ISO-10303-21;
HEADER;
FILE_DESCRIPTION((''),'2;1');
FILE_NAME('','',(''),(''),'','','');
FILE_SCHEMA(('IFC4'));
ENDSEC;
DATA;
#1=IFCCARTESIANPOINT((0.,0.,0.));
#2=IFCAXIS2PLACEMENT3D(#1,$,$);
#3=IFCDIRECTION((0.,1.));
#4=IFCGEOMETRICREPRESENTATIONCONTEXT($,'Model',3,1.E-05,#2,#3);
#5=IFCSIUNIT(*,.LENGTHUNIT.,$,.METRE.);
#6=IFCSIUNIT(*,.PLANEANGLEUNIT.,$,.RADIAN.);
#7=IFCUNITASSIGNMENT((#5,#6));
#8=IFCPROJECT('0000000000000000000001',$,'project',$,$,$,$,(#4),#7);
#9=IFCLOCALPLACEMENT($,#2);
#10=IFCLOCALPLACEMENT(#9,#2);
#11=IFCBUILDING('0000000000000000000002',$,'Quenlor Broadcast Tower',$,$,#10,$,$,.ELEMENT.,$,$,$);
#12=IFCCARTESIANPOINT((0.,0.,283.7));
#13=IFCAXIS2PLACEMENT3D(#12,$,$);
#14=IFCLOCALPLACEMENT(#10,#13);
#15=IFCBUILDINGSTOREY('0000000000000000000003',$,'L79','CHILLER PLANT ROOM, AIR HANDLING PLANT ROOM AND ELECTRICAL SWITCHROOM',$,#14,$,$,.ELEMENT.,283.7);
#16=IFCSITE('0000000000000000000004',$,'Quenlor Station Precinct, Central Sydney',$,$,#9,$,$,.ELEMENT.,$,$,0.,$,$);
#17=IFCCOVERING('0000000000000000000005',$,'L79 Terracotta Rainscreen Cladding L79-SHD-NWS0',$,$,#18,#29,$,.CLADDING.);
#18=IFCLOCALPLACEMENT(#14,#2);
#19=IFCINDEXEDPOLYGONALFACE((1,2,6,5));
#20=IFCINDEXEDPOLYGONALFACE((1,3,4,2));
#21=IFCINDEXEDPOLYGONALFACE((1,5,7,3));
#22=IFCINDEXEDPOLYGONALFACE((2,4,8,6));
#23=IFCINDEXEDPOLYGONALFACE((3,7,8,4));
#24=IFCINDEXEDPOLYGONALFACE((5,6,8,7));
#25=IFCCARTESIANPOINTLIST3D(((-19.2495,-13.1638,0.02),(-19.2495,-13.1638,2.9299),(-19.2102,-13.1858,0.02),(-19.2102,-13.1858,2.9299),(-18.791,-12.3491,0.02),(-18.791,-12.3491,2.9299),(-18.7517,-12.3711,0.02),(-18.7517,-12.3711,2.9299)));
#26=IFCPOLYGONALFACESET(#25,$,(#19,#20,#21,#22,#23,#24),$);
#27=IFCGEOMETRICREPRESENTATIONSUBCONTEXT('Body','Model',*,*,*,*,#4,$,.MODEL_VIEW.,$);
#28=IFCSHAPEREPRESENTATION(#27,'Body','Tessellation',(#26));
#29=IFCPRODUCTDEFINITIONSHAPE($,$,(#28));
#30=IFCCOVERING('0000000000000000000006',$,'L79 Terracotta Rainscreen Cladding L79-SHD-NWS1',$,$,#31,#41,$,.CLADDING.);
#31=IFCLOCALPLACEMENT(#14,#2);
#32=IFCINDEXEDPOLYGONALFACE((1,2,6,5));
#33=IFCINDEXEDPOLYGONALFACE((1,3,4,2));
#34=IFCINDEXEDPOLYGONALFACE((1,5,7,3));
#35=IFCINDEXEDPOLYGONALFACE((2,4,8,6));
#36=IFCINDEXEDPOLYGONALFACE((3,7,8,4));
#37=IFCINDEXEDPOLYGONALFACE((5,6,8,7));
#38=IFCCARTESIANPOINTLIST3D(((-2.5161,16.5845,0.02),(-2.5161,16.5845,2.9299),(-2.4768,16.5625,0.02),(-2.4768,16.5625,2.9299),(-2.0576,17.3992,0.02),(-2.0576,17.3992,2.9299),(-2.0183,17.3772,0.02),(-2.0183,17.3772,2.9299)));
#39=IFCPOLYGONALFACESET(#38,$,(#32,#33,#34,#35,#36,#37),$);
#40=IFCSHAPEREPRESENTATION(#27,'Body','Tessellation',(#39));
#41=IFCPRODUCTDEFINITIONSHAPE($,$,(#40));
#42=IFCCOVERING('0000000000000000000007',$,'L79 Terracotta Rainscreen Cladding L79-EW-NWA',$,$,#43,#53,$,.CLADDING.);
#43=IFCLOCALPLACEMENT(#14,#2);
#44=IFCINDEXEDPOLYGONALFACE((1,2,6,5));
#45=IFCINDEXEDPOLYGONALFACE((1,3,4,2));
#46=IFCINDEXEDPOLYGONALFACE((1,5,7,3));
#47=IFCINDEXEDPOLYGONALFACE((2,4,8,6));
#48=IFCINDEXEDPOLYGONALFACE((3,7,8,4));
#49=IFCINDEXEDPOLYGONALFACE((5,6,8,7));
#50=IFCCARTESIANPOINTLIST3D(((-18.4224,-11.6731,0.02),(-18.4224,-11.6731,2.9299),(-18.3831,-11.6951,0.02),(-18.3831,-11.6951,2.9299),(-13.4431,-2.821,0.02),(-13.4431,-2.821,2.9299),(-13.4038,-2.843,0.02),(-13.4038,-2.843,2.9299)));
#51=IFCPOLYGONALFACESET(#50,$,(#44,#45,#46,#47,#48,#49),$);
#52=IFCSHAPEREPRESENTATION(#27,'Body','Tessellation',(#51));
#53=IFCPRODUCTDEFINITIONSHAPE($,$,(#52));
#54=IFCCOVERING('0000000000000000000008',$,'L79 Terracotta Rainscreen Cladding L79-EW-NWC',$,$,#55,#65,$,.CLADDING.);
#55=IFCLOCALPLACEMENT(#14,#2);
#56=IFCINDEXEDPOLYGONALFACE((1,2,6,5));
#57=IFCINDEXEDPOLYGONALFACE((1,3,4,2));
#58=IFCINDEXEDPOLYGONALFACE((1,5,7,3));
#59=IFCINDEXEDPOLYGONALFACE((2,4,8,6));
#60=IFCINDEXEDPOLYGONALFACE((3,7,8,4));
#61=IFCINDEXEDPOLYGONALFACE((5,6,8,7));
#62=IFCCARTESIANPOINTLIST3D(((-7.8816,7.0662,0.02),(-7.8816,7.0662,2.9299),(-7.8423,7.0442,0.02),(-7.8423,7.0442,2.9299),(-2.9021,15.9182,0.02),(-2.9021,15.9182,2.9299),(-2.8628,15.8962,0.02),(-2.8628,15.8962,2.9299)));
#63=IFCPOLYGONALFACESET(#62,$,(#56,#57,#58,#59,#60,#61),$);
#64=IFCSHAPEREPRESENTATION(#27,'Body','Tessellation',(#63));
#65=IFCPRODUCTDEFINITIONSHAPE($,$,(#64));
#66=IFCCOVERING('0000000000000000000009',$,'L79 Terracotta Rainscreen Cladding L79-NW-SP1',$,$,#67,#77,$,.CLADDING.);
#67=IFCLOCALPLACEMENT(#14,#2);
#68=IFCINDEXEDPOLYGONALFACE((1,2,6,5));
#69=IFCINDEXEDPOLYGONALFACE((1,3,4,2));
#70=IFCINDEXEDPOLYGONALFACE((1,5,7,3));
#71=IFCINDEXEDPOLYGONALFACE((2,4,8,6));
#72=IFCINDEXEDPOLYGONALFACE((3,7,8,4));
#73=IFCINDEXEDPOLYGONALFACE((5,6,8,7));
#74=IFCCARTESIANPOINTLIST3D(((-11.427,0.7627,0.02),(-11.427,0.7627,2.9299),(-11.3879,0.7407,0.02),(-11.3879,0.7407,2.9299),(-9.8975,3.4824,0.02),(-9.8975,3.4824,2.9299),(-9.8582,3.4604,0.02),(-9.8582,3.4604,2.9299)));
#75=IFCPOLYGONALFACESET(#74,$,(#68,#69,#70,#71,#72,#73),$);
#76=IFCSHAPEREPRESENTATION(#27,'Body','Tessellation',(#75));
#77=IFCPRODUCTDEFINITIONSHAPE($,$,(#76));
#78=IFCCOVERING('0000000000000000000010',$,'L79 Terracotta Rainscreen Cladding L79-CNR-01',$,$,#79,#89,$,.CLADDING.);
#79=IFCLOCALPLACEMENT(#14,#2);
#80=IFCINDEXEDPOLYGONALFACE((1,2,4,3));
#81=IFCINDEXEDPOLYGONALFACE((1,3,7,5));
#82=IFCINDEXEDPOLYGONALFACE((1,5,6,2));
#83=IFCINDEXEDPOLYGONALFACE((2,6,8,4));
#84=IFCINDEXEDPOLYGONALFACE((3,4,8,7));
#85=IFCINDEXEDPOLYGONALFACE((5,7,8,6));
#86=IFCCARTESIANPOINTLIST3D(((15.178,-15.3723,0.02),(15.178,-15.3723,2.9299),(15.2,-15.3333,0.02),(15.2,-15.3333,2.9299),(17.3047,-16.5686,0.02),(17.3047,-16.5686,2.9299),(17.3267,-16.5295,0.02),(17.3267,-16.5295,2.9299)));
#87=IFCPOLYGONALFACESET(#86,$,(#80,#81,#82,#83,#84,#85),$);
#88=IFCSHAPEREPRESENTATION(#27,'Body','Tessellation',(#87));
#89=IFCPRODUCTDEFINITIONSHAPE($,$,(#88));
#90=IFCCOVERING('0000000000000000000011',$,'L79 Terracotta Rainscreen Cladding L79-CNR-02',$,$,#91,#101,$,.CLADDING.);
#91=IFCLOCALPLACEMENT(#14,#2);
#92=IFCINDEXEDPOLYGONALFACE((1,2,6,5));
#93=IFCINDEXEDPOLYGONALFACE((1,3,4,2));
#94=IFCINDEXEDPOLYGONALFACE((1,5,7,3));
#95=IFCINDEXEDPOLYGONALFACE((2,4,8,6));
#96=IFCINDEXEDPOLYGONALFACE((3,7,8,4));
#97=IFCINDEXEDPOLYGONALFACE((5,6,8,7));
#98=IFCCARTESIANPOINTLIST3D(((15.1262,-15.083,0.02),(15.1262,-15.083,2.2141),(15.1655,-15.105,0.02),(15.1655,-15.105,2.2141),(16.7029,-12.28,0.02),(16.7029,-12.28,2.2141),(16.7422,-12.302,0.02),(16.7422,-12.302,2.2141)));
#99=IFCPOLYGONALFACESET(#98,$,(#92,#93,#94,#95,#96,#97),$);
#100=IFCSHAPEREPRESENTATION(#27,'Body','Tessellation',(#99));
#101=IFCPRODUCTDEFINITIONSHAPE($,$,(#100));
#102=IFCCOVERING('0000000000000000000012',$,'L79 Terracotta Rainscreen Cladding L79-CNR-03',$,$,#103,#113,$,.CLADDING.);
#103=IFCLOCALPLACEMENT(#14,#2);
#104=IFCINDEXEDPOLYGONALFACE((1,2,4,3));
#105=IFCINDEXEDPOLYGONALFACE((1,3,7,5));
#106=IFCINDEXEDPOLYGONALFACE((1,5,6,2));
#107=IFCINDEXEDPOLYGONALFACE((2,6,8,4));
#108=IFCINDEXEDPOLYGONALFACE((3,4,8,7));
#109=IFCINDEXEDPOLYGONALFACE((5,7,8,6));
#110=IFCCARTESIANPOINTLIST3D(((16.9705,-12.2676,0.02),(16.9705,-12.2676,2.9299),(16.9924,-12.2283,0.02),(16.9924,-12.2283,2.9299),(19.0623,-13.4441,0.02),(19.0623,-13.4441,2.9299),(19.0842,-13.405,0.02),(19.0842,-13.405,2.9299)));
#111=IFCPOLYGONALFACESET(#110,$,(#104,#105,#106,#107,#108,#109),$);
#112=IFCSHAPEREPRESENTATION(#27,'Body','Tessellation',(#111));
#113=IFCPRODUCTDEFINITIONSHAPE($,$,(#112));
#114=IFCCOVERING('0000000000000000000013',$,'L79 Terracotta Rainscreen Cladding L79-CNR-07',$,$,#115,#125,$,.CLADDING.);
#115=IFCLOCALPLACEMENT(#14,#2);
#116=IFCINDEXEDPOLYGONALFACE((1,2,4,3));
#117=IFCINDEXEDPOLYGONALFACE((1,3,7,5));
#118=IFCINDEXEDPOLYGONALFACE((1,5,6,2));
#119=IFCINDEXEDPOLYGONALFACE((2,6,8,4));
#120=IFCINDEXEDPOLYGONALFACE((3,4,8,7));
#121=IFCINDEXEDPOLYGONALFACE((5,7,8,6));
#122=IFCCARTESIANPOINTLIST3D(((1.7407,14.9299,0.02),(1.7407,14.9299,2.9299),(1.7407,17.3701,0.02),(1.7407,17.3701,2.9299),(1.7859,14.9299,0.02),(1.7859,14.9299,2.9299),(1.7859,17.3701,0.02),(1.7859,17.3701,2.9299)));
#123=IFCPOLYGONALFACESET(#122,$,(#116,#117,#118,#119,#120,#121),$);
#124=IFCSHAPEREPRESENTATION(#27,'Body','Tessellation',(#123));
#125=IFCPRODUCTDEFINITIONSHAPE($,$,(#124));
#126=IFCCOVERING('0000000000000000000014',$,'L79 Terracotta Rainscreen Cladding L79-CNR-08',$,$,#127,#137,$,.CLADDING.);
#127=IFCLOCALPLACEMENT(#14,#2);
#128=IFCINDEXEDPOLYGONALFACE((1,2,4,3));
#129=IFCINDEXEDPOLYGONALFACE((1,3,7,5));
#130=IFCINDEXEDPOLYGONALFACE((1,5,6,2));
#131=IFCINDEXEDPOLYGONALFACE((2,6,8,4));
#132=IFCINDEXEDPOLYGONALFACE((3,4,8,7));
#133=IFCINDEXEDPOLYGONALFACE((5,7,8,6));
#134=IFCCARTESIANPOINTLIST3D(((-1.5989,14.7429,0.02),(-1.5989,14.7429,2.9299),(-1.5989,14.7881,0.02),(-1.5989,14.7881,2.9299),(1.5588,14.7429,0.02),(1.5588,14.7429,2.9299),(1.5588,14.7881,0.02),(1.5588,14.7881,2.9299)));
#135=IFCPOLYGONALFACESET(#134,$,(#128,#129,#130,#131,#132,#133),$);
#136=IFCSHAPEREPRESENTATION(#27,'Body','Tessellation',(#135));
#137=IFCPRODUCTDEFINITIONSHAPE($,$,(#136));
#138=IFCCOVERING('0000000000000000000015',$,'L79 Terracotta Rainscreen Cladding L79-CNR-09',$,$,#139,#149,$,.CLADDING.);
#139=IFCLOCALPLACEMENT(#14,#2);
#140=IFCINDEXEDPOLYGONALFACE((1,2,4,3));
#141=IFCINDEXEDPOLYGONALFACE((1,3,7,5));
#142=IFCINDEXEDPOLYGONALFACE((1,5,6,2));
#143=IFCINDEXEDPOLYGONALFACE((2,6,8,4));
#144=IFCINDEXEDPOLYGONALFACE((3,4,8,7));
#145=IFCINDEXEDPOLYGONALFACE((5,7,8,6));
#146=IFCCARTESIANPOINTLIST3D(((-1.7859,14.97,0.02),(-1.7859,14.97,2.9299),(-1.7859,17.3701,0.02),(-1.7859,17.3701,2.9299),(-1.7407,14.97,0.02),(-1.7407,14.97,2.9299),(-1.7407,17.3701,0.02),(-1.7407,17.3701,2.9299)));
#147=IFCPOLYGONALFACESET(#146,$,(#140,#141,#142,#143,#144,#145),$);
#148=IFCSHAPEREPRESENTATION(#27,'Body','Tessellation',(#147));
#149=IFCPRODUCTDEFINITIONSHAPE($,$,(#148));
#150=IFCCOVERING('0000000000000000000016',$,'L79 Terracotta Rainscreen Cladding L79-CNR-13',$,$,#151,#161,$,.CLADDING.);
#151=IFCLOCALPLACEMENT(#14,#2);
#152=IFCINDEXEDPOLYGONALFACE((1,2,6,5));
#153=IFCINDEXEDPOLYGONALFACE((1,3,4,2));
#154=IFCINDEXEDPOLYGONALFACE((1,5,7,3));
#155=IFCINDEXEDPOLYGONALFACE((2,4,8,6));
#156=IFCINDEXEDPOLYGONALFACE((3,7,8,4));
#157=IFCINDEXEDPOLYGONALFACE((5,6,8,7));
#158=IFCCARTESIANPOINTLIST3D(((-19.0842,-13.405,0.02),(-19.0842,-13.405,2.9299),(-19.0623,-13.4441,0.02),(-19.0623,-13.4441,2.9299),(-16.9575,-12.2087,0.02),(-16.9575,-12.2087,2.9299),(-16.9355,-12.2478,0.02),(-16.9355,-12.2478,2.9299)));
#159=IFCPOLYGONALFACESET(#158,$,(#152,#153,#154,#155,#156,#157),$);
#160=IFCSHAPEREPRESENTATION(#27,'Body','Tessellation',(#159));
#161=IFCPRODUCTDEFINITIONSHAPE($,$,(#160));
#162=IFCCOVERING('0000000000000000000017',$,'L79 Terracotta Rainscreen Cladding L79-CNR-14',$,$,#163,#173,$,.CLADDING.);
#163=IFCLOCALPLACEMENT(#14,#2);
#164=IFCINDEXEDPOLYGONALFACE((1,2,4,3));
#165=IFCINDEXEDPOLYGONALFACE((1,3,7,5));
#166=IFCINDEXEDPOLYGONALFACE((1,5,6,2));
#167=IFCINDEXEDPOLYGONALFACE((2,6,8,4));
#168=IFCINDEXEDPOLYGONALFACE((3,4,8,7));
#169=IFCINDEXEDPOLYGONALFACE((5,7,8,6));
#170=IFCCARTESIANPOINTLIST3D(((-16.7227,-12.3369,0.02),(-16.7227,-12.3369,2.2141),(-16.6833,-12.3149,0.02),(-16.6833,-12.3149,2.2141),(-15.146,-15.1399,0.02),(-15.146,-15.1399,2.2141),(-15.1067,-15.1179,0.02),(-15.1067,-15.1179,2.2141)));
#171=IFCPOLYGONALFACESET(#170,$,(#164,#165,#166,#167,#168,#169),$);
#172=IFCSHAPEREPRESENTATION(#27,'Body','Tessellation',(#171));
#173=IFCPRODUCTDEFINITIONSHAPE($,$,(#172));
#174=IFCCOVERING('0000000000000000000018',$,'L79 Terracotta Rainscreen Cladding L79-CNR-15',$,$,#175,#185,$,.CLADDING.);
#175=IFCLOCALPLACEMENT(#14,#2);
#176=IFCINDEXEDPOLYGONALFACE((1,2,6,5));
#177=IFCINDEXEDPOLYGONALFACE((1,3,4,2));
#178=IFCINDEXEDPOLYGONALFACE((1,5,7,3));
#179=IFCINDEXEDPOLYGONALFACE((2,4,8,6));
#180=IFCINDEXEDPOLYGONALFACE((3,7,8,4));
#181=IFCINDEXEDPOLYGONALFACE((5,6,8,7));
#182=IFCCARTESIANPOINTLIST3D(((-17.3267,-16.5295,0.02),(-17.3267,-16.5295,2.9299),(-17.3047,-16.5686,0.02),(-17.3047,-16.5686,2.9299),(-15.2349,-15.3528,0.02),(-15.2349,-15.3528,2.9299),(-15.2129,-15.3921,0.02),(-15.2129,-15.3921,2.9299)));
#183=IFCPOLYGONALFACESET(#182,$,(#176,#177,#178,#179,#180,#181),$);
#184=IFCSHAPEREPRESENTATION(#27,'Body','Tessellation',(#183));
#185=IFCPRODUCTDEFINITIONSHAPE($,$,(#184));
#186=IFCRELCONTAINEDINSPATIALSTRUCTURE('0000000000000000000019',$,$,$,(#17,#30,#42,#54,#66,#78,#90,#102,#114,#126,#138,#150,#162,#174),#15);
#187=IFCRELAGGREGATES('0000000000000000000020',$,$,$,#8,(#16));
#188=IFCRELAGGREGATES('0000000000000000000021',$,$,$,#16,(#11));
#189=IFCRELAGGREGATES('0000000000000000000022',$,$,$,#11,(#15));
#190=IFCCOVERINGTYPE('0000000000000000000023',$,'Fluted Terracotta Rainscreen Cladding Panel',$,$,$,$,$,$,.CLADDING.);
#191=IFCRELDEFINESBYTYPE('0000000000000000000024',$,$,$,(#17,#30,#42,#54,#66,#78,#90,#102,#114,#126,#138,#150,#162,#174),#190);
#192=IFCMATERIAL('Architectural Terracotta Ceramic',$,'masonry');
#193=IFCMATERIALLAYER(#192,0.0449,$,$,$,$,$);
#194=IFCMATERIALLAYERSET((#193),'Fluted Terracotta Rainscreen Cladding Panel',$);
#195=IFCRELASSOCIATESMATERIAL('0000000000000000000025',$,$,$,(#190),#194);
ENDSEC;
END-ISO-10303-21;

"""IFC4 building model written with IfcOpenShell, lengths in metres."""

from ifc_helpers import new_model, si_unit, direction, frame, origin, place, context, subcontext, project, spatial, polyline, outline, extrude, material, layer, layer_set, type_object, element, save


model = new_model("IFC4")

# Units and contexts
model_context = context("Model", 3, precision=1e-05, world=origin(), true_north=direction((0.0, 1.0)))
body_context = subcontext(model_context, "Body", "Model", "MODEL_VIEW")
ifc_project = project(units=[si_unit("LENGTHUNIT", "METRE"), si_unit("PLANEANGLEUNIT", "RADIAN")], contexts=[model_context])

# Site, building, storey
site_placement = place(None, origin())
site = spatial("IfcSite", under=ifc_project, at=site_placement, Name="Quenlor Station Precinct, Central Sydney", CompositionType="ELEMENT", RefElevation=0.0)
building_placement = place(site_placement, origin())
building = spatial("IfcBuilding", under=site, at=building_placement, Name="Quenlor Broadcast Tower", CompositionType="ELEMENT")
storey_placement = place(building_placement, frame((0.0, 0.0, 283.7)))
storey = spatial("IfcBuildingStorey", under=building, at=storey_placement, Name="L79", Description="CHILLER PLANT ROOM, AIR HANDLING PLANT ROOM AND ELECTRICAL SWITCHROOM", CompositionType="ELEMENT", Elevation=283.7)

# Coverings
ifc_material_1 = material(Name="Architectural Terracotta Ceramic", Category="masonry")
ifc_layer_1 = layer(ifc_material_1, 0.0449)
ifc_layer_set_1 = layer_set([ifc_layer_1], Name="Fluted Terracotta Rainscreen Cladding Panel")
covering_type = type_object("IfcCoveringType", Name="Fluted Terracotta Rainscreen Cladding Panel", PredefinedType="CLADDING", material=ifc_layer_set_1)
covering_1_placement = place(storey_placement, frame((0.0, 0.0, 0.02)))
element("IfcCovering", 1, at=covering_1_placement, inside=storey, type_object=covering_type, Name="L79 Terracotta Rainscreen Cladding L79-SHD-NWS0", PredefinedType="CLADDING", context=body_context, shape_type="SweptSolid", body=[
    extrude(outline(polyline([(-19.2102, -13.1858), (-18.7517, -12.3711), (-18.791, -12.3491), (-19.2495, -13.1638), (-19.2102, -13.1858)])), origin(), (0.0, 0.0, 1.0), 2.9099),
])
covering_2_placement = place(storey_placement, frame((0.0, 0.0, 0.02)))
element("IfcCovering", 2, at=covering_2_placement, inside=storey, type_object=covering_type, Name="L79 Terracotta Rainscreen Cladding L79-SHD-NWS1", PredefinedType="CLADDING", context=body_context, shape_type="SweptSolid", body=[
    extrude(outline(polyline([(-2.4768, 16.5625), (-2.0183, 17.3772), (-2.0576, 17.3992), (-2.5161, 16.5845), (-2.4768, 16.5625)])), origin(), (0.0, 0.0, 1.0), 2.9099),
])
covering_3_placement = place(storey_placement, frame((0.0, 0.0, 0.02)))
element("IfcCovering", 3, at=covering_3_placement, inside=storey, type_object=covering_type, Name="L79 Terracotta Rainscreen Cladding L79-EW-NWA", PredefinedType="CLADDING", context=body_context, shape_type="SweptSolid", body=[
    extrude(outline(polyline([(-18.3831, -11.6951), (-13.4038, -2.843), (-13.4431, -2.821), (-18.4224, -11.6731), (-18.3831, -11.6951)])), origin(), (0.0, 0.0, 1.0), 2.9099),
])
covering_4_placement = place(storey_placement, frame((0.0, 0.0, 0.02)))
element("IfcCovering", 4, at=covering_4_placement, inside=storey, type_object=covering_type, Name="L79 Terracotta Rainscreen Cladding L79-EW-NWC", PredefinedType="CLADDING", context=body_context, shape_type="SweptSolid", body=[
    extrude(outline(polyline([(-7.8423, 7.0442), (-2.8628, 15.8962), (-2.9021, 15.9182), (-7.8816, 7.0662), (-7.8423, 7.0442)])), origin(), (0.0, 0.0, 1.0), 2.9099),
])
covering_5_placement = place(storey_placement, frame((0.0, 0.0, 0.02)))
element("IfcCovering", 5, at=covering_5_placement, inside=storey, type_object=covering_type, Name="L79 Terracotta Rainscreen Cladding L79-NW-SP1", PredefinedType="CLADDING", context=body_context, shape_type="SweptSolid", body=[
    extrude(outline(polyline([(-11.3879, 0.7407), (-9.8582, 3.4604), (-9.8975, 3.4824), (-11.427, 0.7627), (-11.3879, 0.7407)])), origin(), (0.0, 0.0, 1.0), 2.9099),
])
covering_6_placement = place(storey_placement, frame((0.0, 0.0, 0.02)))
element("IfcCovering", 6, at=covering_6_placement, inside=storey, type_object=covering_type, Name="L79 Terracotta Rainscreen Cladding L79-CNR-01", PredefinedType="CLADDING", context=body_context, shape_type="SweptSolid", body=[
    extrude(outline(polyline([(17.3267, -16.5295), (15.2, -15.3333), (15.178, -15.3723), (17.3047, -16.5686), (17.3267, -16.5295)])), origin(), (0.0, 0.0, 1.0), 2.9099),
])
covering_7_placement = place(storey_placement, frame((0.0, 0.0, 0.02)))
element("IfcCovering", 7, at=covering_7_placement, inside=storey, type_object=covering_type, Name="L79 Terracotta Rainscreen Cladding L79-CNR-02", PredefinedType="CLADDING", context=body_context, shape_type="SweptSolid", body=[
    extrude(outline(polyline([(15.1655, -15.105), (16.7422, -12.302), (16.7029, -12.28), (15.1262, -15.083), (15.1655, -15.105)])), origin(), (0.0, 0.0, 1.0), 2.1941),
])
covering_8_placement = place(storey_placement, frame((0.0, 0.0, 0.02)))
element("IfcCovering", 8, at=covering_8_placement, inside=storey, type_object=covering_type, Name="L79 Terracotta Rainscreen Cladding L79-CNR-03", PredefinedType="CLADDING", context=body_context, shape_type="SweptSolid", body=[
    extrude(outline(polyline([(16.9705, -12.2676), (19.0623, -13.4441), (19.0842, -13.405), (16.9924, -12.2283), (16.9705, -12.2676)])), origin(), (0.0, 0.0, 1.0), 2.9099),
])
covering_9_placement = place(storey_placement, frame((0.0, 0.0, 0.02)))
element("IfcCovering", 9, at=covering_9_placement, inside=storey, type_object=covering_type, Name="L79 Terracotta Rainscreen Cladding L79-CNR-07", PredefinedType="CLADDING", context=body_context, shape_type="SweptSolid", body=[
    extrude(outline(polyline([(1.7407, 17.3701), (1.7407, 14.9299), (1.7859, 14.9299), (1.7859, 17.3701), (1.7407, 17.3701)])), origin(), (0.0, 0.0, 1.0), 2.9099),
])
covering_10_placement = place(storey_placement, frame((0.0, 0.0, 0.02)))
element("IfcCovering", 10, at=covering_10_placement, inside=storey, type_object=covering_type, Name="L79 Terracotta Rainscreen Cladding L79-CNR-08", PredefinedType="CLADDING", context=body_context, shape_type="SweptSolid", body=[
    extrude(outline(polyline([(1.5588, 14.7881), (-1.5989, 14.7881), (-1.5989, 14.7429), (1.5588, 14.7429), (1.5588, 14.7881)])), origin(), (0.0, 0.0, 1.0), 2.9099),
])
covering_11_placement = place(storey_placement, frame((0.0, 0.0, 0.02)))
element("IfcCovering", 11, at=covering_11_placement, inside=storey, type_object=covering_type, Name="L79 Terracotta Rainscreen Cladding L79-CNR-09", PredefinedType="CLADDING", context=body_context, shape_type="SweptSolid", body=[
    extrude(outline(polyline([(-1.7407, 14.97), (-1.7407, 17.3701), (-1.7859, 17.3701), (-1.7859, 14.97), (-1.7407, 14.97)])), origin(), (0.0, 0.0, 1.0), 2.9099),
])
covering_12_placement = place(storey_placement, frame((0.0, 0.0, 0.02)))
element("IfcCovering", 12, at=covering_12_placement, inside=storey, type_object=covering_type, Name="L79 Terracotta Rainscreen Cladding L79-CNR-13", PredefinedType="CLADDING", context=body_context, shape_type="SweptSolid", body=[
    extrude(outline(polyline([(-19.0623, -13.4441), (-16.9355, -12.2478), (-16.9575, -12.2087), (-19.0842, -13.405), (-19.0623, -13.4441)])), origin(), (0.0, 0.0, 1.0), 2.9099),
])
covering_13_placement = place(storey_placement, frame((0.0, 0.0, 0.02)))
element("IfcCovering", 13, at=covering_13_placement, inside=storey, type_object=covering_type, Name="L79 Terracotta Rainscreen Cladding L79-CNR-14", PredefinedType="CLADDING", context=body_context, shape_type="SweptSolid", body=[
    extrude(outline(polyline([(-16.7227, -12.3369), (-15.146, -15.1399), (-15.1067, -15.1179), (-16.6833, -12.3149), (-16.7227, -12.3369)])), origin(), (0.0, 0.0, 1.0), 2.1941),
])
covering_14_placement = place(storey_placement, frame((0.0, 0.0, 0.02)))
element("IfcCovering", 14, at=covering_14_placement, inside=storey, type_object=covering_type, Name="L79 Terracotta Rainscreen Cladding L79-CNR-15", PredefinedType="CLADDING", context=body_context, shape_type="SweptSolid", body=[
    extrude(outline(polyline([(-15.2349, -15.3528), (-17.3267, -16.5295), (-17.3047, -16.5686), (-15.2129, -15.3921), (-15.2349, -15.3528)])), origin(), (0.0, 0.0, 1.0), 2.9099),
])

save(model, "model.ifc")
